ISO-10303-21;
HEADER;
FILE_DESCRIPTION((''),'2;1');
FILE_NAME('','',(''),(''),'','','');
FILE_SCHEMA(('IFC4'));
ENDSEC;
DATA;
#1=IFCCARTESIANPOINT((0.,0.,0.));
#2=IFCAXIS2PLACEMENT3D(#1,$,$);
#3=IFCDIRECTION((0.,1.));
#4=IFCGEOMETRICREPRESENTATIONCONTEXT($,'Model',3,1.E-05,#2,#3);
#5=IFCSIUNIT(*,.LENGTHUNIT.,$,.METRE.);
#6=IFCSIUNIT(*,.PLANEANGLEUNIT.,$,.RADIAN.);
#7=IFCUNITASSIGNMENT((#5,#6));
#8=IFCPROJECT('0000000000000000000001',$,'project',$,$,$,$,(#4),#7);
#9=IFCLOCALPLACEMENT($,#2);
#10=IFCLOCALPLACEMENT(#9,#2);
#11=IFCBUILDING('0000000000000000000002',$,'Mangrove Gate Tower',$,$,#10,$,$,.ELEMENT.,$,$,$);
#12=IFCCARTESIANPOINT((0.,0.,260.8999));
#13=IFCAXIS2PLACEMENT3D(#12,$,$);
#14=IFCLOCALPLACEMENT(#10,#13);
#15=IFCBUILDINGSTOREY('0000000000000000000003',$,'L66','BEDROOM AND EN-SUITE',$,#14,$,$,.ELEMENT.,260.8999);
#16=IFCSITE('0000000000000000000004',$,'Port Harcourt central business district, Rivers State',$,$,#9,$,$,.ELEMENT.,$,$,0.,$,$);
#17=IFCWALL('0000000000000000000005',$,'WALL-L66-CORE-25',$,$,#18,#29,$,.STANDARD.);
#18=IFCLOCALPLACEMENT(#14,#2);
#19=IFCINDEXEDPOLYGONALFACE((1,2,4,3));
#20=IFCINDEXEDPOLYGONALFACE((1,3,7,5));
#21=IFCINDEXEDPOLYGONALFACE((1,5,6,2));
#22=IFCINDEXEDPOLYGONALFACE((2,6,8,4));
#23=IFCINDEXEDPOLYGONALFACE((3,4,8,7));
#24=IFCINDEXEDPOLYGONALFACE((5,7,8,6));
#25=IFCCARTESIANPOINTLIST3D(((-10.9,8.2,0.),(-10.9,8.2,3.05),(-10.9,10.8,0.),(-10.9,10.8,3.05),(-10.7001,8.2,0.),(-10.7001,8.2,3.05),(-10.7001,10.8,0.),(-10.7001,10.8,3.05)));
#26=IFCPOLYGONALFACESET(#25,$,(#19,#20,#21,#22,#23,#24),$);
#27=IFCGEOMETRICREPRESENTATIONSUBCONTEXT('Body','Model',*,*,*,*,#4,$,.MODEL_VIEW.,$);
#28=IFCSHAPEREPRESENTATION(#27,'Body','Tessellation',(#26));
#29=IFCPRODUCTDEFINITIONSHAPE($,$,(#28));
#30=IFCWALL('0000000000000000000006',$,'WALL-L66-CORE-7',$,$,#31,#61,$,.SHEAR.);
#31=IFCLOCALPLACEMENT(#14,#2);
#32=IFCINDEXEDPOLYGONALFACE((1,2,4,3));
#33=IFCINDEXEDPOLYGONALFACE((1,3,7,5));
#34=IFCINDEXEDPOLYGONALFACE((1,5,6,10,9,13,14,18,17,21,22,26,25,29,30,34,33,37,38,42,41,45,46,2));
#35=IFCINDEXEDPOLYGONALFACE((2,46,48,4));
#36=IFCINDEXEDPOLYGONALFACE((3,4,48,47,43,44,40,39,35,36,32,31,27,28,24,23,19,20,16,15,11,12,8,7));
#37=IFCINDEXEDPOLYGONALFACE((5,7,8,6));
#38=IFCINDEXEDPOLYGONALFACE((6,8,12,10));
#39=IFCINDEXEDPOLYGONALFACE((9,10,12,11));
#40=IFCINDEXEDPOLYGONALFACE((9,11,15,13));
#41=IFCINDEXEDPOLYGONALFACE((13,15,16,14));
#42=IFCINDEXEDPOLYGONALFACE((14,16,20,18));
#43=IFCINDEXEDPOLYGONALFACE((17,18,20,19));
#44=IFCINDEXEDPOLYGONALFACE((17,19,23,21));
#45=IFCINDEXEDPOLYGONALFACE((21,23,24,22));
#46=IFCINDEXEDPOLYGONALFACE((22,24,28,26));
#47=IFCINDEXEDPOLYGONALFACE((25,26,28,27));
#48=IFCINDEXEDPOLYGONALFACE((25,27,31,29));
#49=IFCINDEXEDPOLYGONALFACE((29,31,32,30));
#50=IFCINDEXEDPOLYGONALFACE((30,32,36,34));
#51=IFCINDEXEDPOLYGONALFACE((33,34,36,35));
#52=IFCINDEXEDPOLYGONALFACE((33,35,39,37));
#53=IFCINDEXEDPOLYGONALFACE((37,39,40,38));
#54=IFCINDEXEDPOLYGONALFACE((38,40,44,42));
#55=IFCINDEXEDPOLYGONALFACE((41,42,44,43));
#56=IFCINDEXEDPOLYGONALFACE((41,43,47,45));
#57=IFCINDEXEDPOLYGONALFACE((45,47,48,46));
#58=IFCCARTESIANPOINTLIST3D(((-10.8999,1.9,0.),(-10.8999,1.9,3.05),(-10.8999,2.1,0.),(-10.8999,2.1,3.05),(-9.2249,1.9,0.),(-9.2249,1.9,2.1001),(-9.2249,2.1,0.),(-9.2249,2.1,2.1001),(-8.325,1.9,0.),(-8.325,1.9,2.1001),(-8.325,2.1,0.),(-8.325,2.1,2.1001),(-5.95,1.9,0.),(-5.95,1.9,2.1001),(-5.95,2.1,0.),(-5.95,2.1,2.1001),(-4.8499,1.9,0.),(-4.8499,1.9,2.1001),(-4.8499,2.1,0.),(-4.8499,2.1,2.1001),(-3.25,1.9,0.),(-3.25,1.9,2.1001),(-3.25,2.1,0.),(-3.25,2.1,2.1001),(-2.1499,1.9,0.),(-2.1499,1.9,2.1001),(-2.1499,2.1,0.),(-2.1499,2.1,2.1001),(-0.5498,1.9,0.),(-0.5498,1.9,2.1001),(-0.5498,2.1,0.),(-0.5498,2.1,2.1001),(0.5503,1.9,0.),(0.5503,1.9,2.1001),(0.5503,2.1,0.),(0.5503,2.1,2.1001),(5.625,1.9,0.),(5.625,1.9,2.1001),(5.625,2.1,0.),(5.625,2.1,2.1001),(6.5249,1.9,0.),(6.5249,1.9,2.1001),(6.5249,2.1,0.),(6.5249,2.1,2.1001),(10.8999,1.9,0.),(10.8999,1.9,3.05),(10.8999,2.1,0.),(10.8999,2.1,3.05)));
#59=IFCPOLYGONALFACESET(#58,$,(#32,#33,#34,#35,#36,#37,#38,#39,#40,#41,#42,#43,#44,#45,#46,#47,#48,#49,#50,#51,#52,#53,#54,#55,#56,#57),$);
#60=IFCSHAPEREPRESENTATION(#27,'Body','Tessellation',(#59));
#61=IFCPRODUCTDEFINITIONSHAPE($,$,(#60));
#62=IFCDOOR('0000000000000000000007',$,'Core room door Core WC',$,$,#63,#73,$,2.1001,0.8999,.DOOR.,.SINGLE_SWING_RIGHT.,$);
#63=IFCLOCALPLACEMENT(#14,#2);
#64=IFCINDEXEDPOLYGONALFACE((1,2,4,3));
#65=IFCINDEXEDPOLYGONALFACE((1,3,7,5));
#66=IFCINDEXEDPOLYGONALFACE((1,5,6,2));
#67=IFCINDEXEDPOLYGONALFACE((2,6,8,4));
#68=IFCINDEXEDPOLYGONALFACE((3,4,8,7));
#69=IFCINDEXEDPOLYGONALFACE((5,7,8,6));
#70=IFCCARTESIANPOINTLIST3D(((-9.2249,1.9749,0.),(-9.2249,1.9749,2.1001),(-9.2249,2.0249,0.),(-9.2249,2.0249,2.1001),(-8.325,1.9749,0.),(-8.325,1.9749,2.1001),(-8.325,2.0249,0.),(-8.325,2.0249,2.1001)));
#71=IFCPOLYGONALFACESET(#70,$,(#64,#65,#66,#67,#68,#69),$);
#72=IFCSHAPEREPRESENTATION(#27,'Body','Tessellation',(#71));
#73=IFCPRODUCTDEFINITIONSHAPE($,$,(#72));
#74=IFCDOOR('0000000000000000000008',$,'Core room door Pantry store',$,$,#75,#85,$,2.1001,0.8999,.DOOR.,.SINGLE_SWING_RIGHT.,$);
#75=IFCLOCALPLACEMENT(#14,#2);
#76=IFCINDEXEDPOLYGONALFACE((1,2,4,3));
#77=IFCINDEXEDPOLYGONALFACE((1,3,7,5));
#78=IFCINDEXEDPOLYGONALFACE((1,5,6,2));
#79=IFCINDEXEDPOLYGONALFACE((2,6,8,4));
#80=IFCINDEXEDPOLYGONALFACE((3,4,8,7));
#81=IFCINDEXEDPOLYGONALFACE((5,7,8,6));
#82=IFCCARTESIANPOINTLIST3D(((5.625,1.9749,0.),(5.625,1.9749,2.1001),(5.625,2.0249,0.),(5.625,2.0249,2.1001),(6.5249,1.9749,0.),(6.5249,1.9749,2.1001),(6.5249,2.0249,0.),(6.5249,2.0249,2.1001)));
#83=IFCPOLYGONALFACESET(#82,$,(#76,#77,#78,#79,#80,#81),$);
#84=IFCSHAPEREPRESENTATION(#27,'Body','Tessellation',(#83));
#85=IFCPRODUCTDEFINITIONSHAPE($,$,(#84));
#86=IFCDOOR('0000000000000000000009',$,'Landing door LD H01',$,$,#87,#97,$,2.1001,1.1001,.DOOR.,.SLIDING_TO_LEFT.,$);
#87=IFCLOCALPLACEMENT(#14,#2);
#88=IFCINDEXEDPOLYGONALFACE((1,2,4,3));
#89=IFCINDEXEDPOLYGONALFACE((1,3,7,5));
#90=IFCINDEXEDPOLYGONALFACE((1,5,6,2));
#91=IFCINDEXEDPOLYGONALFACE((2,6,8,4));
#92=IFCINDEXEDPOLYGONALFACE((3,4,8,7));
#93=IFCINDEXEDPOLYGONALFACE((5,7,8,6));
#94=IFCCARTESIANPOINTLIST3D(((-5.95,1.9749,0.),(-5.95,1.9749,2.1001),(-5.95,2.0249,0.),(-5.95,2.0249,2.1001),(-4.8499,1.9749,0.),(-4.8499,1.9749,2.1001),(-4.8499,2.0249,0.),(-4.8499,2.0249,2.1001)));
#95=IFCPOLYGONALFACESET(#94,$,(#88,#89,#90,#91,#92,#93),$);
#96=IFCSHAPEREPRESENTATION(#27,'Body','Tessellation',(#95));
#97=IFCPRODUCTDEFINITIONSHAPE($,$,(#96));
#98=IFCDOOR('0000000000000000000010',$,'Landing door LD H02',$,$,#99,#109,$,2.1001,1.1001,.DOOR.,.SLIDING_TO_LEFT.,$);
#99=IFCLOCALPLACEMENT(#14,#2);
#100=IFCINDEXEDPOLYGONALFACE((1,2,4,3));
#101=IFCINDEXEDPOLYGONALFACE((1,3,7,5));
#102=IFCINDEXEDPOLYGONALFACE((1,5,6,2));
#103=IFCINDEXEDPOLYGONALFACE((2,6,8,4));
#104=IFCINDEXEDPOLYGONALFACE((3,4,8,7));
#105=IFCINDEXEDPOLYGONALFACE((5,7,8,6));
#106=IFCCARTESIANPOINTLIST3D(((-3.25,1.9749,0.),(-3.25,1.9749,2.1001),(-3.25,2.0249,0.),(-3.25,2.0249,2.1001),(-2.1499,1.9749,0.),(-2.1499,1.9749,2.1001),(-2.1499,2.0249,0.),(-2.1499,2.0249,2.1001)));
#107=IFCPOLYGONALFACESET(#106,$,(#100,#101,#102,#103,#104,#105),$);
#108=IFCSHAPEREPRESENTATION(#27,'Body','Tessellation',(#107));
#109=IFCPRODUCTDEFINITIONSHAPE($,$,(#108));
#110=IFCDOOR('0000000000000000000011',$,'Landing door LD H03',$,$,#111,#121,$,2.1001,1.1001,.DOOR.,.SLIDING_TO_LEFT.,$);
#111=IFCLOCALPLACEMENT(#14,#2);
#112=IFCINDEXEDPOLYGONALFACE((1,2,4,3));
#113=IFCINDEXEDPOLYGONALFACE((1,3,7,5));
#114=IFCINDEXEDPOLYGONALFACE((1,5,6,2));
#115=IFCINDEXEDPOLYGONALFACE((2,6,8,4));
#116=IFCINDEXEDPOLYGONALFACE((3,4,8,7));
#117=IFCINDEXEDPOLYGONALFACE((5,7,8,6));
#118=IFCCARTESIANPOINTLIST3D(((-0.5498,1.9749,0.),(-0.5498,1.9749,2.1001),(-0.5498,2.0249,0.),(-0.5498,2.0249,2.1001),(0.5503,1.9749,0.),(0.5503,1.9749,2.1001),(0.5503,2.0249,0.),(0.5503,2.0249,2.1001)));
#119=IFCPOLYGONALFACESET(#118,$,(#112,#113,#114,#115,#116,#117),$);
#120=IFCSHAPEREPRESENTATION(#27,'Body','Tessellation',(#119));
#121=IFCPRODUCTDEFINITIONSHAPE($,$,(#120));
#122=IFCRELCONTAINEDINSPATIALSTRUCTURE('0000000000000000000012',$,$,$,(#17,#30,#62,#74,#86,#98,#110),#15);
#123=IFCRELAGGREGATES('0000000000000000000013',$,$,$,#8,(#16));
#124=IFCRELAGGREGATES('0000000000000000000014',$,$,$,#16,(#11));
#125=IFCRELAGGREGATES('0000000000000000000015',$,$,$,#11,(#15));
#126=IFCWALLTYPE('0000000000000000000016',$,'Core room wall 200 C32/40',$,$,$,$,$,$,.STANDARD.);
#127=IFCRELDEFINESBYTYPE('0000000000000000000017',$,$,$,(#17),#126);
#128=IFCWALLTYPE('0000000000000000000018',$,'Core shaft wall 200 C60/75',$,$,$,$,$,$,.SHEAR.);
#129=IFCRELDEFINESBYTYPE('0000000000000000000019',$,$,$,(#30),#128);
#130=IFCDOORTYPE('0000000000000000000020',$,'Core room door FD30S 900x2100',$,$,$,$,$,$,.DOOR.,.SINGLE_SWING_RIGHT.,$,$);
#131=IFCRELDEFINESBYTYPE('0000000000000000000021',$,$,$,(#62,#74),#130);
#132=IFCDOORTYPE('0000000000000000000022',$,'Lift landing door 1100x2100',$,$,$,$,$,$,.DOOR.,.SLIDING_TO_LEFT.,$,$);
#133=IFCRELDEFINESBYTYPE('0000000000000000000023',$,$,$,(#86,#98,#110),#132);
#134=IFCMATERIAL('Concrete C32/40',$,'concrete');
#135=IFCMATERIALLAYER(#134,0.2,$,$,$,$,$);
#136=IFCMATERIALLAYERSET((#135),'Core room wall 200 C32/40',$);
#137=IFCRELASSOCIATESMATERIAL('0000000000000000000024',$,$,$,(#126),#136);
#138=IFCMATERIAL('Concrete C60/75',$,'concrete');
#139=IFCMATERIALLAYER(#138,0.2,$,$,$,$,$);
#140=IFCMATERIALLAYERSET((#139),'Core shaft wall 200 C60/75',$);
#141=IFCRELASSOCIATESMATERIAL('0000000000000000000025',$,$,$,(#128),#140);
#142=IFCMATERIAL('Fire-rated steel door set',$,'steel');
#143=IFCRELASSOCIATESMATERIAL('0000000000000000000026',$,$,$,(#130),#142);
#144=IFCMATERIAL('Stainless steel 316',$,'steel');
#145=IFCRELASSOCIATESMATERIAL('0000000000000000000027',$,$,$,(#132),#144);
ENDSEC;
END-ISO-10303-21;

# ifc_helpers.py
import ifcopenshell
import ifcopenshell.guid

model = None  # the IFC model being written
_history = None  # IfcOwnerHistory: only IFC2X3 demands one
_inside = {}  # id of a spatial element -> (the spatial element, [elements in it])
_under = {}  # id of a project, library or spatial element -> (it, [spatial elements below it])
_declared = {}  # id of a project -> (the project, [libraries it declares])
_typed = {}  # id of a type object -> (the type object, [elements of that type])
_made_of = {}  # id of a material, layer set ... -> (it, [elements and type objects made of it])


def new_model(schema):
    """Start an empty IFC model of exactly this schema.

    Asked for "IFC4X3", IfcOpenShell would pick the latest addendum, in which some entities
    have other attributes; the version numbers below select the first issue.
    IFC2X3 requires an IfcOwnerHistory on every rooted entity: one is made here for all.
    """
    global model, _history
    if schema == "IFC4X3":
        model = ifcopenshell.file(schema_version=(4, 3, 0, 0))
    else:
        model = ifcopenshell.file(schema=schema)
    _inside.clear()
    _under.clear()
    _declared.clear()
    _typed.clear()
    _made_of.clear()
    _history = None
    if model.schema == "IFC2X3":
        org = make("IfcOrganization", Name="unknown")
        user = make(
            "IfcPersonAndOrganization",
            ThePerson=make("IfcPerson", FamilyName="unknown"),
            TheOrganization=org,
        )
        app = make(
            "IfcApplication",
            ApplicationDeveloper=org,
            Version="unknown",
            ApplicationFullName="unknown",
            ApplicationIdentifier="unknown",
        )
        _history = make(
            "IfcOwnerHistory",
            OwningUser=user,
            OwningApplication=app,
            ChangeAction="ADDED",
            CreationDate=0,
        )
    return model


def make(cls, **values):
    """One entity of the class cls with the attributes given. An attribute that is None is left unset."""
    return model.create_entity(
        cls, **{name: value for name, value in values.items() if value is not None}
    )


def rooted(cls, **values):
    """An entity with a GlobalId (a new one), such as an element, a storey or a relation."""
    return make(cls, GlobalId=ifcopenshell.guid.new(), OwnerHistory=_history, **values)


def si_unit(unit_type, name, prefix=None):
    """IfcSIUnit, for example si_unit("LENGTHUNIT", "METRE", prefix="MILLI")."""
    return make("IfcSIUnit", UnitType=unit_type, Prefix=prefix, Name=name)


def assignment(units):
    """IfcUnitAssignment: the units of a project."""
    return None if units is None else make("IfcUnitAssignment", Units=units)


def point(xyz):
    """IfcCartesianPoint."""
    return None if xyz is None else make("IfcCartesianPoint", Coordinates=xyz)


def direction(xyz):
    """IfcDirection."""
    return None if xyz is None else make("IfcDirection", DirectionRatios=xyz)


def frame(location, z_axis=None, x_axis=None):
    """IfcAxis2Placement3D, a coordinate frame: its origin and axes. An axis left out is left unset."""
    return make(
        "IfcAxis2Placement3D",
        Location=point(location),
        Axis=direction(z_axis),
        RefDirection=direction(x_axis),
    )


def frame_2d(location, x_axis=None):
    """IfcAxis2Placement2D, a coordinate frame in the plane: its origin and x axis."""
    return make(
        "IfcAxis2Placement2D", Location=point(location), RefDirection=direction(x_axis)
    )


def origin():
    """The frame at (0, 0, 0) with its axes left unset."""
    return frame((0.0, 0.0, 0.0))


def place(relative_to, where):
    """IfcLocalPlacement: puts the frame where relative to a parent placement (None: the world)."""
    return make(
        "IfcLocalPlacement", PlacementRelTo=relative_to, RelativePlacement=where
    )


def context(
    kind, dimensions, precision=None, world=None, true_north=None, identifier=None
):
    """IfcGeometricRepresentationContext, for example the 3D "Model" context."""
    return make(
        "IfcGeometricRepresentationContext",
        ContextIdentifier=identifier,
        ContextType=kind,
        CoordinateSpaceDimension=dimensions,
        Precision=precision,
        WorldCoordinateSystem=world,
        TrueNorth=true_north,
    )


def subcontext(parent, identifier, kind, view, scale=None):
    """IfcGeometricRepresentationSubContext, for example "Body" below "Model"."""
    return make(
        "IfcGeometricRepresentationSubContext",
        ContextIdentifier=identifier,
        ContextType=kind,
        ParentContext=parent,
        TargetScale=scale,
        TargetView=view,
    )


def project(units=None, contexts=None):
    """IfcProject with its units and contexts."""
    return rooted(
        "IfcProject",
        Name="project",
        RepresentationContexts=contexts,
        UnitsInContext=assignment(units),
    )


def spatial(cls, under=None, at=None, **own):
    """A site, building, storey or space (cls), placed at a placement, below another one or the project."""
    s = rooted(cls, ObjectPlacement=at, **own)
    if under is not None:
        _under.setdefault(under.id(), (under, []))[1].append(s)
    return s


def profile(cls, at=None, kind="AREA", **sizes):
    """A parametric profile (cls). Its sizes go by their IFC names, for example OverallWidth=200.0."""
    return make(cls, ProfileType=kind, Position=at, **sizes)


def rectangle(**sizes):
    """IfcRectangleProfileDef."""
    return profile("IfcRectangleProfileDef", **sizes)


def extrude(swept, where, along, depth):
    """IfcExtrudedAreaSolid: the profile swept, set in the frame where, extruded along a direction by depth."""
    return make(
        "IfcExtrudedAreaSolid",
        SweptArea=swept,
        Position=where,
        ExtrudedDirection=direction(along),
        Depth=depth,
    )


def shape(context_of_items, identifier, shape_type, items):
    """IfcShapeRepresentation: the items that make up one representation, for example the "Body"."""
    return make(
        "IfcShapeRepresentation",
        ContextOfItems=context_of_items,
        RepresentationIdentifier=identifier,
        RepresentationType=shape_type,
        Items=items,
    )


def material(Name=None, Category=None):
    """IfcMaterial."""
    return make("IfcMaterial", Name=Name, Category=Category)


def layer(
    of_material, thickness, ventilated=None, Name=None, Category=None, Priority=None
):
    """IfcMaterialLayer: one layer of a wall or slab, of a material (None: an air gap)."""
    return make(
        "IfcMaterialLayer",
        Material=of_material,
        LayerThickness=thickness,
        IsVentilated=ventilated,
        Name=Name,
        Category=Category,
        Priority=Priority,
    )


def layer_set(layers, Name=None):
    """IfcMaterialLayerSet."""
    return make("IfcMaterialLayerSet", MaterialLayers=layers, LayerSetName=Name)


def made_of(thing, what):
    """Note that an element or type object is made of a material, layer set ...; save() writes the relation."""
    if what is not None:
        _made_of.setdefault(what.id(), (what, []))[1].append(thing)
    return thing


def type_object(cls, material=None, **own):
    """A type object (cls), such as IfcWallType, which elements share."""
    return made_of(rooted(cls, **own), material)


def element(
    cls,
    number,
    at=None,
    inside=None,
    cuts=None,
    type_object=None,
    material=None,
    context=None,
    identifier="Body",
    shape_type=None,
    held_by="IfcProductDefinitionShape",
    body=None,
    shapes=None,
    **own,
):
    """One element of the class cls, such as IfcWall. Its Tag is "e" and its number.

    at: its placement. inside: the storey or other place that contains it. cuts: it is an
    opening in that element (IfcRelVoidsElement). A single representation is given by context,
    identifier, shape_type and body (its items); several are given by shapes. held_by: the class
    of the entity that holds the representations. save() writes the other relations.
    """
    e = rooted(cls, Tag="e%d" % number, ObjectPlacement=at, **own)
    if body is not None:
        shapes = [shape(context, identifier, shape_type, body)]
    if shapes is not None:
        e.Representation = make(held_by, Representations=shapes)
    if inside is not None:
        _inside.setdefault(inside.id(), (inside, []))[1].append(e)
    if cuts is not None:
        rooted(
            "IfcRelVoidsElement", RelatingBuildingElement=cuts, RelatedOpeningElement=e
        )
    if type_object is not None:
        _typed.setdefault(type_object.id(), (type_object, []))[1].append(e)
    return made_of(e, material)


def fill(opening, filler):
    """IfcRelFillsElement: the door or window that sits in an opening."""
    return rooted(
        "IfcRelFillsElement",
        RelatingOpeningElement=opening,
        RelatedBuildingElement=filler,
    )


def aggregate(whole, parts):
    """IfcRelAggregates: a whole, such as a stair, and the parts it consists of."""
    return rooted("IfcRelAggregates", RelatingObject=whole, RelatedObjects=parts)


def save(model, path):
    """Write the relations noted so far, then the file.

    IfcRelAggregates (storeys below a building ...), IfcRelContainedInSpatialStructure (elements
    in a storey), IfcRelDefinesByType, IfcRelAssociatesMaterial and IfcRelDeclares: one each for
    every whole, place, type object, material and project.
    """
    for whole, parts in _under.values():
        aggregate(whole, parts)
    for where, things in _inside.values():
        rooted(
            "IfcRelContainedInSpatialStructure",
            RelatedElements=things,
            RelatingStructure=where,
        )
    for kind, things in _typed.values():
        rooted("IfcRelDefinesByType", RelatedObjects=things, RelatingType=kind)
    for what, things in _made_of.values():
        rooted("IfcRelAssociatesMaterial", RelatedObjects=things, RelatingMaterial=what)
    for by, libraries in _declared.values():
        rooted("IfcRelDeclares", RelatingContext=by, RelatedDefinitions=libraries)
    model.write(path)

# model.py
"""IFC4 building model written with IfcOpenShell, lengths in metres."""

from ifc_helpers import new_model, si_unit, direction, frame, frame_2d, origin, place, context, subcontext, project, spatial, rectangle, extrude, material, layer, layer_set, type_object, element, fill, save


model = new_model("IFC4")

# Units and contexts
model_context = context("Model", 3, precision=1e-05, world=origin(), true_north=direction((0.0, 1.0)))
body_context = subcontext(model_context, "Body", "Model", "MODEL_VIEW")
ifc_project = project(units=[si_unit("LENGTHUNIT", "METRE"), si_unit("PLANEANGLEUNIT", "RADIAN")], contexts=[model_context])

# Site, building, storey
site_placement = place(None, origin())
site = spatial("IfcSite", under=ifc_project, at=site_placement, Name="Port Harcourt central business district, Rivers State", CompositionType="ELEMENT", RefElevation=0.0)
building_placement = place(site_placement, origin())
building = spatial("IfcBuilding", under=site, at=building_placement, Name="Mangrove Gate Tower", CompositionType="ELEMENT")
storey_placement = place(building_placement, frame((0.0, 0.0, 260.8999)))
storey = spatial("IfcBuildingStorey", under=building, at=storey_placement, Name="L66", Description="BEDROOM AND EN-SUITE", CompositionType="ELEMENT", Elevation=260.8999)

# Wall
ifc_material_1 = material(Name="Concrete C32/40", Category="concrete")
ifc_layer_1 = layer(ifc_material_1, 0.2)
ifc_layer_set_1 = layer_set([ifc_layer_1], Name="Core room wall 200 C32/40")
wall_type_1 = type_object("IfcWallType", Name="Core room wall 200 C32/40", PredefinedType="STANDARD", material=ifc_layer_set_1)
wall_1_placement = place(storey_placement, frame((-10.8, 8.2, 0.0), z_axis=(0.0, 0.0, 1.0), x_axis=(0.0, 1.0, 0.0)))
element("IfcWall", 1, at=wall_1_placement, inside=storey, type_object=wall_type_1, Name="WALL-L66-CORE-25", PredefinedType="STANDARD", context=body_context, shape_type="SweptSolid", body=[
    extrude(rectangle(XDim=2.6001, YDim=0.2, at=frame_2d((1.3, 0.0))), origin(), (0.0, 0.0, 1.0), 3.05),
])

# Wall, openings, doors
ifc_material_2 = material(Name="Concrete C60/75", Category="concrete")
ifc_layer_2 = layer(ifc_material_2, 0.2)
ifc_layer_set_2 = layer_set([ifc_layer_2], Name="Core shaft wall 200 C60/75")
wall_type_2 = type_object("IfcWallType", Name="Core shaft wall 200 C60/75", PredefinedType="SHEAR", material=ifc_layer_set_2)
wall_2_placement = place(storey_placement, frame((-10.8999, 2.0, 0.0), z_axis=(0.0, 0.0, 1.0), x_axis=(1.0, 0.0, 0.0)))
wall_2 = element("IfcWall", 2, at=wall_2_placement, inside=storey, type_object=wall_type_2, Name="WALL-L66-CORE-7", PredefinedType="SHEAR", context=body_context, shape_type="SweptSolid", body=[
    extrude(rectangle(XDim=21.7998, YDim=0.2, at=frame_2d((10.8999, 0.0))), origin(), (0.0, 0.0, 1.0), 3.05),
])
opening_1_placement = place(wall_2_placement, frame((4.95, 0.0, 0.0)))
opening_1 = element("IfcOpeningElement", 3, at=opening_1_placement, cuts=wall_2, PredefinedType="OPENING", context=body_context, shape_type="SweptSolid", body=[
    extrude(rectangle(XDim=1.1001, YDim=2.1001, at=frame_2d((0.55, 1.05))), frame((0.0, 0.1099, 0.0), z_axis=(0.0, -1.0, 0.0), x_axis=(1.0, 0.0, 0.0)), (0.0, 0.0, 1.0), 0.22),
])
opening_2_placement = place(wall_2_placement, frame((7.6499, 0.0, 0.0)))
opening_2 = element("IfcOpeningElement", 4, at=opening_2_placement, cuts=wall_2, PredefinedType="OPENING", context=body_context, shape_type="SweptSolid", body=[
    extrude(rectangle(XDim=1.1001, YDim=2.1001, at=frame_2d((0.55, 1.05))), frame((0.0, 0.1099, 0.0), z_axis=(0.0, -1.0, 0.0), x_axis=(1.0, 0.0, 0.0)), (0.0, 0.0, 1.0), 0.22),
])
opening_3_placement = place(wall_2_placement, frame((10.3501, 0.0, 0.0)))
opening_3 = element("IfcOpeningElement", 5, at=opening_3_placement, cuts=wall_2, PredefinedType="OPENING", context=body_context, shape_type="SweptSolid", body=[
    extrude(rectangle(XDim=1.1001, YDim=2.1001, at=frame_2d((0.55, 1.05))), frame((0.0, 0.1099, 0.0), z_axis=(0.0, -1.0, 0.0), x_axis=(1.0, 0.0, 0.0)), (0.0, 0.0, 1.0), 0.22),
])
opening_4_placement = place(wall_2_placement, frame((1.675, 0.0, 0.0)))
opening_4 = element("IfcOpeningElement", 6, at=opening_4_placement, cuts=wall_2, PredefinedType="OPENING", context=body_context, shape_type="SweptSolid", body=[
    extrude(rectangle(XDim=0.8999, YDim=2.1001, at=frame_2d((0.45, 1.05))), frame((0.0, 0.1099, 0.0), z_axis=(0.0, -1.0, 0.0), x_axis=(1.0, 0.0, 0.0)), (0.0, 0.0, 1.0), 0.22),
])
opening_5_placement = place(wall_2_placement, frame((16.5249, 0.0, 0.0)))
opening_5 = element("IfcOpeningElement", 7, at=opening_5_placement, cuts=wall_2, PredefinedType="OPENING", context=body_context, shape_type="SweptSolid", body=[
    extrude(rectangle(XDim=0.8999, YDim=2.1001, at=frame_2d((0.45, 1.05))), frame((0.0, 0.1099, 0.0), z_axis=(0.0, -1.0, 0.0), x_axis=(1.0, 0.0, 0.0)), (0.0, 0.0, 1.0), 0.22),
])
ifc_material_3 = material(Name="Fire-rated steel door set", Category="steel")
door_type_1 = type_object("IfcDoorType", Name="Core room door FD30S 900x2100", OperationType="SINGLE_SWING_RIGHT", PredefinedType="DOOR", material=ifc_material_3)
door_1_placement = place(opening_4_placement, origin())
door_1 = element("IfcDoor", 8, at=door_1_placement, inside=storey, type_object=door_type_1, Name="Core room door Core WC", OperationType="SINGLE_SWING_RIGHT", OverallHeight=2.1001, OverallWidth=0.8999, PredefinedType="DOOR", context=body_context, shape_type="SweptSolid", body=[
    extrude(rectangle(XDim=0.8999, YDim=2.1001, at=frame_2d((0.45, 1.05))), frame((0.0, 0.0249, 0.0), z_axis=(0.0, -1.0, 0.0), x_axis=(1.0, 0.0, 0.0)), (0.0, 0.0, 1.0), 0.05),
])
fill(opening_4, door_1)
door_2_placement = place(opening_5_placement, origin())
door_2 = element("IfcDoor", 9, at=door_2_placement, inside=storey, type_object=door_type_1, Name="Core room door Pantry store", OperationType="SINGLE_SWING_RIGHT", OverallHeight=2.1001, OverallWidth=0.8999, PredefinedType="DOOR", context=body_context, shape_type="SweptSolid", body=[
    extrude(rectangle(XDim=0.8999, YDim=2.1001, at=frame_2d((0.45, 1.05))), frame((0.0, 0.0249, 0.0), z_axis=(0.0, -1.0, 0.0), x_axis=(1.0, 0.0, 0.0)), (0.0, 0.0, 1.0), 0.05),
])
fill(opening_5, door_2)
ifc_material_4 = material(Name="Stainless steel 316", Category="steel")
door_type_2 = type_object("IfcDoorType", Name="Lift landing door 1100x2100", OperationType="SLIDING_TO_LEFT", PredefinedType="DOOR", material=ifc_material_4)
door_3_placement = place(opening_1_placement, origin())
door_3 = element("IfcDoor", 10, at=door_3_placement, inside=storey, type_object=door_type_2, Name="Landing door LD H01", OperationType="SLIDING_TO_LEFT", OverallHeight=2.1001, OverallWidth=1.1001, PredefinedType="DOOR", context=body_context, shape_type="SweptSolid", body=[
    extrude(rectangle(XDim=1.1001, YDim=2.1001, at=frame_2d((0.55, 1.05))), frame((0.0, 0.0249, 0.0), z_axis=(0.0, -1.0, 0.0), x_axis=(1.0, 0.0, 0.0)), (0.0, 0.0, 1.0), 0.05),
])
fill(opening_1, door_3)
door_4_placement = place(opening_2_placement, origin())
door_4 = element("IfcDoor", 11, at=door_4_placement, inside=storey, type_object=door_type_2, Name="Landing door LD H02", OperationType="SLIDING_TO_LEFT", OverallHeight=2.1001, OverallWidth=1.1001, PredefinedType="DOOR", context=body_context, shape_type="SweptSolid", body=[
    extrude(rectangle(XDim=1.1001, YDim=2.1001, at=frame_2d((0.55, 1.05))), frame((0.0, 0.0249, 0.0), z_axis=(0.0, -1.0, 0.0), x_axis=(1.0, 0.0, 0.0)), (0.0, 0.0, 1.0), 0.05),
])
fill(opening_2, door_4)
door_5_placement = place(opening_3_placement, origin())
door_5 = element("IfcDoor", 12, at=door_5_placement, inside=storey, type_object=door_type_2, Name="Landing door LD H03", OperationType="SLIDING_TO_LEFT", OverallHeight=2.1001, OverallWidth=1.1001, PredefinedType="DOOR", context=body_context, shape_type="SweptSolid", body=[
    extrude(rectangle(XDim=1.1001, YDim=2.1001, at=frame_2d((0.55, 1.05))), frame((0.0, 0.0249, 0.0), z_axis=(0.0, -1.0, 0.0), x_axis=(1.0, 0.0, 0.0)), (0.0, 0.0, 1.0), 0.05),
])
fill(opening_3, door_5)

save(model, "model.ifc")
